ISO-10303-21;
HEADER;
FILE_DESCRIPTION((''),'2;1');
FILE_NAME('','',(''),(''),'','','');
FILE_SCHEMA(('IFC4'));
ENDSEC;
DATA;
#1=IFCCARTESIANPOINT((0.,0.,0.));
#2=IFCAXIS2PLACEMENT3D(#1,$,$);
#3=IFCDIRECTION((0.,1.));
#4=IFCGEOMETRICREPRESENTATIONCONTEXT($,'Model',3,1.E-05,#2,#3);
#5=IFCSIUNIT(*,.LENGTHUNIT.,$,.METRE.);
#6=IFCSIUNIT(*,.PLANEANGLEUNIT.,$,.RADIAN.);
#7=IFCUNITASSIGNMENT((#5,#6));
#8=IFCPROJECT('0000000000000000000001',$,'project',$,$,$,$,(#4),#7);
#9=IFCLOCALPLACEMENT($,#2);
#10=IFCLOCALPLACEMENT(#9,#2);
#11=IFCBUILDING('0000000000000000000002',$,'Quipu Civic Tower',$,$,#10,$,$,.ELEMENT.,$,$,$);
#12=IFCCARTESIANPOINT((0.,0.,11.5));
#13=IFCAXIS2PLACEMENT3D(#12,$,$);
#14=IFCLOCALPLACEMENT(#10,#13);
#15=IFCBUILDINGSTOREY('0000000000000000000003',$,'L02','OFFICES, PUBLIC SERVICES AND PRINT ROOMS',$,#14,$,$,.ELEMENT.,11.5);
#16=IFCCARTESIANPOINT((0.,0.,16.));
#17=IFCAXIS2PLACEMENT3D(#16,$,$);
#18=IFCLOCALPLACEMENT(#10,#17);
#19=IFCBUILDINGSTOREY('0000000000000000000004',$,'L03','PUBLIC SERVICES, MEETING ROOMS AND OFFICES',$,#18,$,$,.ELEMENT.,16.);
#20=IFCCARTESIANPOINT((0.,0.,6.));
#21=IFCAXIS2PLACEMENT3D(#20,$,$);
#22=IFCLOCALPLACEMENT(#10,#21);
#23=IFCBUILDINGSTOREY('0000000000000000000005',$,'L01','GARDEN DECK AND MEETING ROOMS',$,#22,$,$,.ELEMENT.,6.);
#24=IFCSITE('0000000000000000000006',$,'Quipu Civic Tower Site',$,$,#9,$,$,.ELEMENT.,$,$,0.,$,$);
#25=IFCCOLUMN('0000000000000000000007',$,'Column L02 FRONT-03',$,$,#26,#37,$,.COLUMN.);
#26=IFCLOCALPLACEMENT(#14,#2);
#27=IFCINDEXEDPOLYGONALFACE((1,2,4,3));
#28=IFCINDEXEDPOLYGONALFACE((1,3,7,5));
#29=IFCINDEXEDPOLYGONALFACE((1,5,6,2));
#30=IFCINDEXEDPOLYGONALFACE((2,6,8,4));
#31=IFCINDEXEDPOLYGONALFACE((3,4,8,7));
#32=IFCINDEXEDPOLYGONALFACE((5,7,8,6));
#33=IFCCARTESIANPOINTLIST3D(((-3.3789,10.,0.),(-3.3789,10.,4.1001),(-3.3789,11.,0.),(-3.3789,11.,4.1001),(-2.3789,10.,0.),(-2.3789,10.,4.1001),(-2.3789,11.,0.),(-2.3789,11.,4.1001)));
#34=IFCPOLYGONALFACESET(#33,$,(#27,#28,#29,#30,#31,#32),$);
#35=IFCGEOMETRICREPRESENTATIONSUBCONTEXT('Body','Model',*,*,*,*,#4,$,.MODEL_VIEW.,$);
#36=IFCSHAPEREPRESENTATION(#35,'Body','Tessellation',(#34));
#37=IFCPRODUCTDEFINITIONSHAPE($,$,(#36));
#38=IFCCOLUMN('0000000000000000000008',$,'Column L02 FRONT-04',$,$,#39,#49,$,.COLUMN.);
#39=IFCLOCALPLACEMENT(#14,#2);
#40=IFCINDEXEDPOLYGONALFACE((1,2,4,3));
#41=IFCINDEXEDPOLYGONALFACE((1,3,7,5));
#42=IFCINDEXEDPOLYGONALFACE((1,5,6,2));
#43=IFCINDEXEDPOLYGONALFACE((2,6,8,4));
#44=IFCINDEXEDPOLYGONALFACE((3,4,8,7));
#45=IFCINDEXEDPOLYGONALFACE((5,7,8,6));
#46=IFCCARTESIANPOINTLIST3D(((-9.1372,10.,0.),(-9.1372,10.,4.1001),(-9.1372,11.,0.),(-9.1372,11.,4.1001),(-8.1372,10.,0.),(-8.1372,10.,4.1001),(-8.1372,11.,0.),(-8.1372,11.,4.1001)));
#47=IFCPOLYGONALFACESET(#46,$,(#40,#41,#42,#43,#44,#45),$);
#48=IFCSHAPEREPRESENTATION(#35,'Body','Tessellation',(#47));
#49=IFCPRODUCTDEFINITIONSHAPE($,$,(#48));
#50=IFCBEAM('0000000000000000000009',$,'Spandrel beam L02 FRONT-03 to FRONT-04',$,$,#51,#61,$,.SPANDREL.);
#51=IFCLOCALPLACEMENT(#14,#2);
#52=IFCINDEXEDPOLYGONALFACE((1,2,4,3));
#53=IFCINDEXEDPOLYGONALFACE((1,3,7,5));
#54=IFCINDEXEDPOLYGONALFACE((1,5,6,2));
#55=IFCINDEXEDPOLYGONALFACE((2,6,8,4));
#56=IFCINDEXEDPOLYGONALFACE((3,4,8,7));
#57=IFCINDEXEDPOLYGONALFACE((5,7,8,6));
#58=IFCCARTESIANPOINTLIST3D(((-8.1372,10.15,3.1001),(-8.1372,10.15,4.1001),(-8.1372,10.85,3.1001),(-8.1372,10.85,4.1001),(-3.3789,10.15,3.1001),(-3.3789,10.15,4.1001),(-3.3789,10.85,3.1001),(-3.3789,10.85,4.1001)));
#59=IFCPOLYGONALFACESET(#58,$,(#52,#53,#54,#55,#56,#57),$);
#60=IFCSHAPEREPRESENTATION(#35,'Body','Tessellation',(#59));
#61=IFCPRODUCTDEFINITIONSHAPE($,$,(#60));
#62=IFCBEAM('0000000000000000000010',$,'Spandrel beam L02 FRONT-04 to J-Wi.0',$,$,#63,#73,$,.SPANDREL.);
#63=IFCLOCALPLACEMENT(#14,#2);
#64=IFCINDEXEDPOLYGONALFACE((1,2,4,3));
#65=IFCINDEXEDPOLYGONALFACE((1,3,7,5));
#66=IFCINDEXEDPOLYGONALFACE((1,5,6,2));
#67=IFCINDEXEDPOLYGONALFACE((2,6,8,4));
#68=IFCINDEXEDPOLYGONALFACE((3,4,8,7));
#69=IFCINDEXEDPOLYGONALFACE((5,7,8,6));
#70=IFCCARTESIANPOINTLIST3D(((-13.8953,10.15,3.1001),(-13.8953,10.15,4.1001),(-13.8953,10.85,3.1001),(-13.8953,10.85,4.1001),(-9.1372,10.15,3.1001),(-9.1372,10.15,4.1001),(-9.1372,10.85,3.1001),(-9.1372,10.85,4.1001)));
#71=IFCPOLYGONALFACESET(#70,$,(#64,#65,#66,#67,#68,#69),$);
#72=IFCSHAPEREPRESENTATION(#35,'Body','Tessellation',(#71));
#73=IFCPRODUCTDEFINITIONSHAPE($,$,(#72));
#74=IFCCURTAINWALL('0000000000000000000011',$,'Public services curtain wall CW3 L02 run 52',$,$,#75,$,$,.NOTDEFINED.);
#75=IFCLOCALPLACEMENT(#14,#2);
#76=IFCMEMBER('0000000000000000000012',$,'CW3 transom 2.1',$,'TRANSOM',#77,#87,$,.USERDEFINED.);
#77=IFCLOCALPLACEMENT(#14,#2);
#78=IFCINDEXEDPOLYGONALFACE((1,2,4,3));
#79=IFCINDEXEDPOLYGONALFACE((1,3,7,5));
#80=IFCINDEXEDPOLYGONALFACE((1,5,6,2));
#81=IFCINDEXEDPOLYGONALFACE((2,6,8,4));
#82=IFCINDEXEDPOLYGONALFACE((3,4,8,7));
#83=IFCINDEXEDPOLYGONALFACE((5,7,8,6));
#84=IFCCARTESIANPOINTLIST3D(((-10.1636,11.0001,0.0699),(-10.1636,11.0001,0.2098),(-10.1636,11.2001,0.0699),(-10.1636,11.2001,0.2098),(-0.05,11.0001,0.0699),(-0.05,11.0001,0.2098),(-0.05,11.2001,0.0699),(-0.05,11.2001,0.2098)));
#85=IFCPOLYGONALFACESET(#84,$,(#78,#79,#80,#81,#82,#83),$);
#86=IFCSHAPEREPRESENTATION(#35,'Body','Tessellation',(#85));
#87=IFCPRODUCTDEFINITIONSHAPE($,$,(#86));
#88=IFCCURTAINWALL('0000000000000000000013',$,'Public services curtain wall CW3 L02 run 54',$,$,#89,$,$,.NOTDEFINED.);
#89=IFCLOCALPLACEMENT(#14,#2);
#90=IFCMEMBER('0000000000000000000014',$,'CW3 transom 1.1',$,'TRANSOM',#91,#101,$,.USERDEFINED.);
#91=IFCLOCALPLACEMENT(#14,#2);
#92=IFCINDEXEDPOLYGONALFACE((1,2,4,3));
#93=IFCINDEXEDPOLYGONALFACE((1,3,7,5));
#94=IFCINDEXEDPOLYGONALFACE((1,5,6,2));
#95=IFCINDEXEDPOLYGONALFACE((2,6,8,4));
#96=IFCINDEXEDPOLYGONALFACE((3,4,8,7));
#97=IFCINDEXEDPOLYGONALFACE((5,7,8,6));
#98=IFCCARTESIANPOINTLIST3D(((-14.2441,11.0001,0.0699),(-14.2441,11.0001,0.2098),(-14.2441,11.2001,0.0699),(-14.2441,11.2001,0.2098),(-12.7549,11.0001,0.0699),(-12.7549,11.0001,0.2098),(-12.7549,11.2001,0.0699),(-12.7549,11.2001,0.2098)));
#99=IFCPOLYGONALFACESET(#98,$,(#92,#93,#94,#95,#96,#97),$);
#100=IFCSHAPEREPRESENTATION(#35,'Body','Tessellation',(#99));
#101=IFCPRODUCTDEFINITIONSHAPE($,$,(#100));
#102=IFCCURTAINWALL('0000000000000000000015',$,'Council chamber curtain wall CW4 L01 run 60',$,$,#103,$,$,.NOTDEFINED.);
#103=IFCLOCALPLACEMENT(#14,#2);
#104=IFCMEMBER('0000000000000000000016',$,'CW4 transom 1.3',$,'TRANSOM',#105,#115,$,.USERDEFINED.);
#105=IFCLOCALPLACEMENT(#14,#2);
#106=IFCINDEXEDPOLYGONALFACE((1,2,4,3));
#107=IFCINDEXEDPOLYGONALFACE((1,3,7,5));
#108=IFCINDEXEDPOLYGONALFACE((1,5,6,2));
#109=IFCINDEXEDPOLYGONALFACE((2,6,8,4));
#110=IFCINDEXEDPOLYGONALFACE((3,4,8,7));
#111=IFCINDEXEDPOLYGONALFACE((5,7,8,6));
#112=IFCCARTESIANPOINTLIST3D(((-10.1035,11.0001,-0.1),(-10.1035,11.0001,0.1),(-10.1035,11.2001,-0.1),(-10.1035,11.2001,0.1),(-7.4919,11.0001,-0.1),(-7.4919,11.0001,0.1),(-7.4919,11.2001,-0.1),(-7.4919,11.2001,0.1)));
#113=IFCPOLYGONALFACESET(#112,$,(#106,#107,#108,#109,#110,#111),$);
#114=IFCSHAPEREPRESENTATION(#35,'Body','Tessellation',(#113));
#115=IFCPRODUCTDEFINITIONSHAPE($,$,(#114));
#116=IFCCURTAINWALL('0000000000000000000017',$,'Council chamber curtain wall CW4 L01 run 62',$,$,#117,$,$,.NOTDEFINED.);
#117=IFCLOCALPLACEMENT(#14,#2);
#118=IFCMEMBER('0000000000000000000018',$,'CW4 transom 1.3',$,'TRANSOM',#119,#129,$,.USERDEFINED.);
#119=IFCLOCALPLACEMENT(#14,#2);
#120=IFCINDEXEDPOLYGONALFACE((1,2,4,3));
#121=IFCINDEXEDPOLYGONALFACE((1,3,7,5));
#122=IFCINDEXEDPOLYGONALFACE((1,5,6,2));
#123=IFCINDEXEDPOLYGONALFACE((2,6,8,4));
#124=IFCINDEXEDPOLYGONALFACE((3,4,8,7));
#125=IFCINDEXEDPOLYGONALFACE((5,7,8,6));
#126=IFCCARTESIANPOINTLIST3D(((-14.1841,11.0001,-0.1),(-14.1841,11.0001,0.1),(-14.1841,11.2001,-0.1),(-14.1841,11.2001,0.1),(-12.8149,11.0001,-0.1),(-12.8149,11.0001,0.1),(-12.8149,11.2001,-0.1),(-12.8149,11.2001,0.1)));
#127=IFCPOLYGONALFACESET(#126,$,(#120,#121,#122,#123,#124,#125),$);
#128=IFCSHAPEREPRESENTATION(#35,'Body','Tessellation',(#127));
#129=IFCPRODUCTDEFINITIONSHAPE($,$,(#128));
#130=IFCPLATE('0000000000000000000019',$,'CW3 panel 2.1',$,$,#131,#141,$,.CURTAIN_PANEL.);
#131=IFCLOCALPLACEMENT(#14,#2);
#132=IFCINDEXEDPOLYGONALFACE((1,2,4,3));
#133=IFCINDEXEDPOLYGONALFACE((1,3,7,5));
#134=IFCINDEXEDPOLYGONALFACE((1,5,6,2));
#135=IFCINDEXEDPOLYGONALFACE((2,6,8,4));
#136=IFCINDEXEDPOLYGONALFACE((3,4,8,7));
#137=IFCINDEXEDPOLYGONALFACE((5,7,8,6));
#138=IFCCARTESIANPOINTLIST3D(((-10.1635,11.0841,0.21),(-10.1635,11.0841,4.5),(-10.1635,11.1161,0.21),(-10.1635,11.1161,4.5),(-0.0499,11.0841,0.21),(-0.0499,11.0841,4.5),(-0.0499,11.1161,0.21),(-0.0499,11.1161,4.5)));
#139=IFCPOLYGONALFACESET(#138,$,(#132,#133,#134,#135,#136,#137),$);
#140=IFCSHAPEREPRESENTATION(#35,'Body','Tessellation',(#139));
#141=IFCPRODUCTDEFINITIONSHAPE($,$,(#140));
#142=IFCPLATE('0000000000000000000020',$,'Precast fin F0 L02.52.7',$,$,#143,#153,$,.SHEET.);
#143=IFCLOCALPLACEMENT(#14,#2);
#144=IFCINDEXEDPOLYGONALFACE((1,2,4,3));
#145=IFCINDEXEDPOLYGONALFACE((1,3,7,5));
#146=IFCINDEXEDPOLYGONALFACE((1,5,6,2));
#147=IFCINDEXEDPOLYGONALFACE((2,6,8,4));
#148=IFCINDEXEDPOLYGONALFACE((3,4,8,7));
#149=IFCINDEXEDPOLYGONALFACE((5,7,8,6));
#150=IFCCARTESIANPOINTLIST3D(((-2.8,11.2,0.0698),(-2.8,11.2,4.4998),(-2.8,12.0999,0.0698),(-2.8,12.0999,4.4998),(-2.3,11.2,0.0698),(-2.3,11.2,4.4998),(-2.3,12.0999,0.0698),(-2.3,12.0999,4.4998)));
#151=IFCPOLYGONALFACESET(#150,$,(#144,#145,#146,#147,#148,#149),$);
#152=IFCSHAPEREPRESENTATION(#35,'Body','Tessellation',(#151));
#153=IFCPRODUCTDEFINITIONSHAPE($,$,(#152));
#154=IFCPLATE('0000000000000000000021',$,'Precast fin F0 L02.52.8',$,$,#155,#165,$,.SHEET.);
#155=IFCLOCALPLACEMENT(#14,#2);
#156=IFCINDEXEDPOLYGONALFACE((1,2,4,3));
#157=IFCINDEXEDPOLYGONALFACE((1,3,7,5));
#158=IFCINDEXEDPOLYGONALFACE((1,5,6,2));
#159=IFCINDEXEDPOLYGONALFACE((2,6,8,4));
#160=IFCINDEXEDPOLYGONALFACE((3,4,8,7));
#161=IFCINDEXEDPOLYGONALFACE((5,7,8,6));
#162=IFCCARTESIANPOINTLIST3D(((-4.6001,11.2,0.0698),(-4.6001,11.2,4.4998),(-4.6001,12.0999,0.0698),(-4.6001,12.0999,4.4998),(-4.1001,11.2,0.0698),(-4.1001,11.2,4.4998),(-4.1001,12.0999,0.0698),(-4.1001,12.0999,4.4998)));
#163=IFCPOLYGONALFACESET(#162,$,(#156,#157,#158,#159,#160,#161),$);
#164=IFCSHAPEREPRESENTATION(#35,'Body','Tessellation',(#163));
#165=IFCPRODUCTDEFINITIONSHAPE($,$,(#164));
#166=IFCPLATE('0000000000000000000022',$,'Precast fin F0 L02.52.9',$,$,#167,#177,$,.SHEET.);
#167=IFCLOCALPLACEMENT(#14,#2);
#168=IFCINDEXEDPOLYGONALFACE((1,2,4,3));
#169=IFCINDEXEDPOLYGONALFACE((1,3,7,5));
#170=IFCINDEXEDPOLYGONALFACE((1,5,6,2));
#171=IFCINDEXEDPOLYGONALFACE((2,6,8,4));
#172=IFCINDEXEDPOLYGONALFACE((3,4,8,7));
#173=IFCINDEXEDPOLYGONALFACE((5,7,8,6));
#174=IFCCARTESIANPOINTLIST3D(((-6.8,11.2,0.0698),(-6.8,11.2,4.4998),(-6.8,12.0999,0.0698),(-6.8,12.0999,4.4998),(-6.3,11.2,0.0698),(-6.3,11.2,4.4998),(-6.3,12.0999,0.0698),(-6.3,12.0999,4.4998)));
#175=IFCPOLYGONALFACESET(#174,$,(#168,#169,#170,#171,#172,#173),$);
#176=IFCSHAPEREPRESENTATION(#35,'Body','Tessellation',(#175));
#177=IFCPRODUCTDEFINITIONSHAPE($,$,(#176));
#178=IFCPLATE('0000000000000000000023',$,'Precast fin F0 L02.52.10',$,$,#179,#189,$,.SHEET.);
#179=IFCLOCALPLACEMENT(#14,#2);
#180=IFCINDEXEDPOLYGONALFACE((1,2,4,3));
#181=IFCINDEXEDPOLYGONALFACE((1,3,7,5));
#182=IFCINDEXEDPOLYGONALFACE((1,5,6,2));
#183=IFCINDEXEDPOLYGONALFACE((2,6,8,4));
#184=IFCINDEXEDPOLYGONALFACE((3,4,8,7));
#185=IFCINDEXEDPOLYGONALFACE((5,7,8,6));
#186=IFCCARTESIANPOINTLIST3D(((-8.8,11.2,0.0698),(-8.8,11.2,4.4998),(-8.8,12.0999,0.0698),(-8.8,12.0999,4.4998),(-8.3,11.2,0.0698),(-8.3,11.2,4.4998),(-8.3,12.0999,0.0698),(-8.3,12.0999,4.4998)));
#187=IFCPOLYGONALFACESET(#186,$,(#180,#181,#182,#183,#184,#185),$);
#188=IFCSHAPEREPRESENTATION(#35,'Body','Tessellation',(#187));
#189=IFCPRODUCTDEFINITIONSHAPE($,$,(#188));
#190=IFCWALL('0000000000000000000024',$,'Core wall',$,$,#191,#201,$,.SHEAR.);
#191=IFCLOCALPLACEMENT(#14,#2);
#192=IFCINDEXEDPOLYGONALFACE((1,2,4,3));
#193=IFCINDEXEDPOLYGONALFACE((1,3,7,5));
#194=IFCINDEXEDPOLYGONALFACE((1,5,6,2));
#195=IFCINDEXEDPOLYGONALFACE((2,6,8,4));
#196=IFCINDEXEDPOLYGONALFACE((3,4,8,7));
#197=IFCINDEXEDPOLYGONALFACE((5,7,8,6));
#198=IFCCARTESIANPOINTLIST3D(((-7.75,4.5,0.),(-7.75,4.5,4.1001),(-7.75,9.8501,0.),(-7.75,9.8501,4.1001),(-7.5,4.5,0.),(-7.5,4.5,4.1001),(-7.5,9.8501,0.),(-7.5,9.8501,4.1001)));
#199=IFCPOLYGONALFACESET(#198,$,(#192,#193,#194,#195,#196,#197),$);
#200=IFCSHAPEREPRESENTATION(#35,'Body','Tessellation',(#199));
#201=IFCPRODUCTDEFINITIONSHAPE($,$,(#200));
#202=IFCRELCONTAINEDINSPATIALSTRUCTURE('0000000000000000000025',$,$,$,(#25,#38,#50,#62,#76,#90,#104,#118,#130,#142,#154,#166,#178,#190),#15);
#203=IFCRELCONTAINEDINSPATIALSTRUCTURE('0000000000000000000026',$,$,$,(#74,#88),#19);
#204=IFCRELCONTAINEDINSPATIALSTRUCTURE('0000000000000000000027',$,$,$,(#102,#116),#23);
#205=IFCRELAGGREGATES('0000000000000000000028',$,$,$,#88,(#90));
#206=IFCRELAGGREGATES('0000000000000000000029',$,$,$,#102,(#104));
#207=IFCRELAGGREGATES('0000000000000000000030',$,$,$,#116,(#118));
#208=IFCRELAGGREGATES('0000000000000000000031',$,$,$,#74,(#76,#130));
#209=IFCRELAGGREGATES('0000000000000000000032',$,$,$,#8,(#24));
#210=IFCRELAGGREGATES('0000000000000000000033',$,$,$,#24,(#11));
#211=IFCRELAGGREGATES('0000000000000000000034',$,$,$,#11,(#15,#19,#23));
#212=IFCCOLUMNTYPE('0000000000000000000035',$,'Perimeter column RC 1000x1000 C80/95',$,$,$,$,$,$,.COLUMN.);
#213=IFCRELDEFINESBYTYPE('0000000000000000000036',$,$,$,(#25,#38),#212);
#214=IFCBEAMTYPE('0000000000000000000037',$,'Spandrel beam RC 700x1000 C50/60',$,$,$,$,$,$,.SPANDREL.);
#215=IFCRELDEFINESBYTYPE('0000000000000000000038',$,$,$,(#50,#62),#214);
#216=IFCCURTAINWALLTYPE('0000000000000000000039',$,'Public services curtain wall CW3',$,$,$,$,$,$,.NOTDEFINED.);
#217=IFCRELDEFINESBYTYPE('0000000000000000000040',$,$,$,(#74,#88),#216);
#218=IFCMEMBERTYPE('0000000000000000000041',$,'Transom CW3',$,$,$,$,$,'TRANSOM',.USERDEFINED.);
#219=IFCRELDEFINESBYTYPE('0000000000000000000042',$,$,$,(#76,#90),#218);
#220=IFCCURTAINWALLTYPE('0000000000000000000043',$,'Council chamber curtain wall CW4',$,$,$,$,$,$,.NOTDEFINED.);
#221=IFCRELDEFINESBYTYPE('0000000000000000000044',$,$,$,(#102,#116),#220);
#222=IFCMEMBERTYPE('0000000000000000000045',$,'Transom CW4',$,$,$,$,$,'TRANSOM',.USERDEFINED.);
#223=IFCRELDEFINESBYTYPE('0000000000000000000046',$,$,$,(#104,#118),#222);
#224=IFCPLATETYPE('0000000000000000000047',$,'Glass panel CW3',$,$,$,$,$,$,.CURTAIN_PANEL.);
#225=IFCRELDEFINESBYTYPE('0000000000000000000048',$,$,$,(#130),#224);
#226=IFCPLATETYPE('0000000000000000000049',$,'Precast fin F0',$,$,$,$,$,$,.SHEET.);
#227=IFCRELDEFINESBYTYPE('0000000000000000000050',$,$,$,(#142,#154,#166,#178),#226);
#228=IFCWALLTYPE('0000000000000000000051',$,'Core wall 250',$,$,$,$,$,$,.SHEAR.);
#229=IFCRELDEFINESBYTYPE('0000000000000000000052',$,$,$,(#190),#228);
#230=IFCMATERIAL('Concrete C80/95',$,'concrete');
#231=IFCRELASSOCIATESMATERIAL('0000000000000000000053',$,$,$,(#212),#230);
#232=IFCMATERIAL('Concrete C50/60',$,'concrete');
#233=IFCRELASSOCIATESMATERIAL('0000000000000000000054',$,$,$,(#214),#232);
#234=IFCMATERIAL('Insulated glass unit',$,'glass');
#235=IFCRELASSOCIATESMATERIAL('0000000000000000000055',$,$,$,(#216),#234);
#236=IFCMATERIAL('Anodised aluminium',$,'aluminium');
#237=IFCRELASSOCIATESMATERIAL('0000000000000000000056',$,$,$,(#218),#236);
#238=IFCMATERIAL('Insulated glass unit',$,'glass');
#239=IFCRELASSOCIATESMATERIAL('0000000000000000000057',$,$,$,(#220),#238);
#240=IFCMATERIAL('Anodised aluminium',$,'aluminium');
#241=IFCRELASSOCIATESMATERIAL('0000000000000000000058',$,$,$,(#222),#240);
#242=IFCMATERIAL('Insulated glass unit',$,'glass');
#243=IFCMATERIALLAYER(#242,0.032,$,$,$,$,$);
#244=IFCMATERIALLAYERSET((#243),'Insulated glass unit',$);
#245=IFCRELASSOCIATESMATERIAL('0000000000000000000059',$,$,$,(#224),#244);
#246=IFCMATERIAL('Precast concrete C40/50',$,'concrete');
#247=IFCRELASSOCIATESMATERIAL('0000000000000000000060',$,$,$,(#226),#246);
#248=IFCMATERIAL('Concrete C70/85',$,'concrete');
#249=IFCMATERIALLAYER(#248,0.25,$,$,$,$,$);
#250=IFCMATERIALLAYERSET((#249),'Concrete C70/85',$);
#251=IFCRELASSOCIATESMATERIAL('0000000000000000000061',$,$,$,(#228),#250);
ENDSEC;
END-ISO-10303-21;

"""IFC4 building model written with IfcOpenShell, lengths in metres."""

from ifc_helpers import new_model, si_unit, direction, frame, frame_2d, origin, origin_2d, place, context, subcontext, project, spatial, rectangle, extrude, material, layer, layer_set, material_profile, profile_set, type_object, element, aggregate, save


model = new_model("IFC4")

# Units and contexts
model_context = context("Model", 3, precision=1e-05, world=origin(), true_north=direction((0.0, 1.0)))
body_context = subcontext(model_context, "Body", "Model", "MODEL_VIEW")
ifc_project = project(units=[si_unit("LENGTHUNIT", "METRE"), si_unit("PLANEANGLEUNIT", "RADIAN")], contexts=[model_context])

# Site, building, storey
site_placement = place(None, origin())
site = spatial("IfcSite", under=ifc_project, at=site_placement, Name="Quipu Civic Tower Site", CompositionType="ELEMENT", RefElevation=0.0)
building_placement = place(site_placement, origin())
building = spatial("IfcBuilding", under=site, at=building_placement, Name="Quipu Civic Tower", CompositionType="ELEMENT")
storey_1_placement = place(building_placement, frame((0.0, 0.0, 11.5)))
storey_1 = spatial("IfcBuildingStorey", under=building, at=storey_1_placement, Name="L02", Description="OFFICES, PUBLIC SERVICES AND PRINT ROOMS", CompositionType="ELEMENT", Elevation=11.5)

# Columns
ifc_material_1 = material(Name="Concrete C80/95", Category="concrete")
ifc_material_profile_1 = material_profile(ifc_material_1, rectangle(XDim=1.0, YDim=1.0, at=origin_2d()), Name="RC1000x1000")
ifc_profile_set_1 = profile_set([ifc_material_profile_1], Name="Concrete C80/95")
column_type = type_object("IfcColumnType", Name="Perimeter column RC 1000x1000 C80/95", PredefinedType="COLUMN", material=ifc_profile_set_1)
for number, where, z_axis, x_axis, name in (
    (1, (-2.8789, 10.5, 0.0), (0.0, 0.0, 1.0), (-1.0, 0.0, 0.0), "Column L02 FRONT-03"),
    (2, (-8.6372, 10.5, 0.0), (0.0, 0.0, 1.0), (-1.0, 0.0, 0.0), "Column L02 FRONT-04"),
):
    element("IfcColumn", number, at=place(storey_1_placement, frame(where, z_axis=z_axis, x_axis=x_axis)), inside=storey_1, type_object=column_type, Name=name, PredefinedType="COLUMN", context=body_context, shape_type="SweptSolid", body=[
        extrude(rectangle(XDim=1.0, YDim=1.0, at=origin_2d()), origin(), (0.0, 0.0, 1.0), 4.1001),
    ])

# Beams
ifc_material_2 = material(Name="Concrete C50/60", Category="concrete")
ifc_material_profile_2 = material_profile(ifc_material_2, rectangle(XDim=0.7, YDim=1.0, at=origin_2d()), Name="RC700x1000")
ifc_profile_set_2 = profile_set([ifc_material_profile_2], Name="Concrete C50/60")
beam_type = type_object("IfcBeamType", Name="Spandrel beam RC 700x1000 C50/60", PredefinedType="SPANDREL", material=ifc_profile_set_2)
beam_1_placement = place(storey_1_placement, frame((-3.3789, 10.5, 3.6001), z_axis=(-1.0, 0.0, 0.0), x_axis=(0.0, -1.0, 0.0)))
element("IfcBeam", 3, at=beam_1_placement, inside=storey_1, type_object=beam_type, Name="Spandrel beam L02 FRONT-03 to FRONT-04", PredefinedType="SPANDREL", context=body_context, shape_type="SweptSolid", body=[
    extrude(rectangle(XDim=0.7, YDim=1.0, at=origin_2d()), origin(), (0.0, 0.0, 1.0), 4.7583),
])
beam_2_placement = place(storey_1_placement, frame((-9.1372, 10.5, 3.6001), z_axis=(-1.0, 0.0, 0.0), x_axis=(0.0, -1.0, 0.0)))
element("IfcBeam", 4, at=beam_2_placement, inside=storey_1, type_object=beam_type, Name="Spandrel beam L02 FRONT-04 to J-Wi.0", PredefinedType="SPANDREL", context=body_context, shape_type="SweptSolid", body=[
    extrude(rectangle(XDim=0.7, YDim=1.0, at=origin_2d()), origin(), (0.0, 0.0, 1.0), 4.7581),
])

# Shared definitions
storey_2_placement = place(building_placement, frame((0.0, 0.0, 16.0)))
storey_2 = spatial("IfcBuildingStorey", under=building, at=storey_2_placement, Name="L03", Description="PUBLIC SERVICES, MEETING ROOMS AND OFFICES", CompositionType="ELEMENT", Elevation=16.0)

# Curtain walls, members
ifc_material_3 = material(Name="Insulated glass unit", Category="glass")
curtain_wall_type_1 = type_object("IfcCurtainWallType", Name="Public services curtain wall CW3", PredefinedType="NOTDEFINED", material=ifc_material_3)
curtain_wall_1_placement = place(storey_2_placement, origin())
curtain_wall_1 = element("IfcCurtainWall", 5, at=curtain_wall_1_placement, inside=storey_2, type_object=curtain_wall_type_1, Name="Public services curtain wall CW3 L02 run 52", PredefinedType="NOTDEFINED")
ifc_material_4 = material(Name="Anodised aluminium", Category="aluminium")
ifc_material_profile_3 = material_profile(ifc_material_4, rectangle(XDim=0.2, YDim=0.1399, at=origin_2d()), Name="RECT 200x140")
ifc_profile_set_3 = profile_set([ifc_material_profile_3], Name="Anodised aluminium")
member_type_1 = type_object("IfcMemberType", Name="Transom CW3", ElementType="TRANSOM", PredefinedType="USERDEFINED", material=ifc_profile_set_3)
member_1_placement = place(storey_1_placement, frame((-0.05, 11.1001, 0.1399), z_axis=(-1.0, 0.0, 0.0), x_axis=(0.0, -1.0, 0.0)))
member_1 = element("IfcMember", 6, at=member_1_placement, inside=storey_1, type_object=member_type_1, Name="CW3 transom 2.1", ObjectType="TRANSOM", PredefinedType="USERDEFINED", context=body_context, shape_type="SweptSolid", body=[
    extrude(rectangle(XDim=0.2, YDim=0.1399, at=origin_2d()), origin(), (0.0, 0.0, 1.0), 10.1135),
])
curtain_wall_2_placement = place(storey_2_placement, origin())
curtain_wall_2 = element("IfcCurtainWall", 7, at=curtain_wall_2_placement, inside=storey_2, type_object=curtain_wall_type_1, Name="Public services curtain wall CW3 L02 run 54", PredefinedType="NOTDEFINED")
member_2_placement = place(storey_1_placement, frame((-12.7549, 11.1001, 0.1399), z_axis=(-1.0, 0.0, 0.0), x_axis=(0.0, -1.0, 0.0)))
member_2 = element("IfcMember", 8, at=member_2_placement, inside=storey_1, type_object=member_type_1, Name="CW3 transom 1.1", ObjectType="TRANSOM", PredefinedType="USERDEFINED", context=body_context, shape_type="SweptSolid", body=[
    extrude(rectangle(XDim=0.2, YDim=0.1399, at=origin_2d()), origin(), (0.0, 0.0, 1.0), 1.4893),
])
aggregate(curtain_wall_2, [member_2])

# Shared definitions
storey_3_placement = place(building_placement, frame((0.0, 0.0, 6.0)))
storey_3 = spatial("IfcBuildingStorey", under=building, at=storey_3_placement, Name="L01", Description="GARDEN DECK AND MEETING ROOMS", CompositionType="ELEMENT", Elevation=6.0)

# Curtain walls, members
ifc_material_5 = material(Name="Insulated glass unit", Category="glass")
curtain_wall_type_2 = type_object("IfcCurtainWallType", Name="Council chamber curtain wall CW4", PredefinedType="NOTDEFINED", material=ifc_material_5)
curtain_wall_3_placement = place(storey_3_placement, origin())
curtain_wall_3 = element("IfcCurtainWall", 9, at=curtain_wall_3_placement, inside=storey_3, type_object=curtain_wall_type_2, Name="Council chamber curtain wall CW4 L01 run 60", PredefinedType="NOTDEFINED")
ifc_material_6 = material(Name="Anodised aluminium", Category="aluminium")
ifc_material_profile_4 = material_profile(ifc_material_6, rectangle(XDim=0.2, YDim=0.2, at=origin_2d()), Name="RECT 200x200")
ifc_profile_set_4 = profile_set([ifc_material_profile_4], Name="Anodised aluminium")
member_type_2 = type_object("IfcMemberType", Name="Transom CW4", ElementType="TRANSOM", PredefinedType="USERDEFINED", material=ifc_profile_set_4)
member_3_placement = place(storey_1_placement, frame((-7.4919, 11.1001, 0.0), z_axis=(-1.0, 0.0, 0.0), x_axis=(0.0, -1.0, 0.0)))
member_3 = element("IfcMember", 10, at=member_3_placement, inside=storey_1, type_object=member_type_2, Name="CW4 transom 1.3", ObjectType="TRANSOM", PredefinedType="USERDEFINED", context=body_context, shape_type="SweptSolid", body=[
    extrude(rectangle(XDim=0.2, YDim=0.2, at=origin_2d()), origin(), (0.0, 0.0, 1.0), 2.6116),
])
aggregate(curtain_wall_3, [member_3])
curtain_wall_4_placement = place(storey_3_placement, origin())
curtain_wall_4 = element("IfcCurtainWall", 11, at=curtain_wall_4_placement, inside=storey_3, type_object=curtain_wall_type_2, Name="Council chamber curtain wall CW4 L01 run 62", PredefinedType="NOTDEFINED")
member_4_placement = place(storey_1_placement, frame((-12.8149, 11.1001, 0.0), z_axis=(-1.0, 0.0, 0.0), x_axis=(0.0, -1.0, 0.0)))
member_4 = element("IfcMember", 12, at=member_4_placement, inside=storey_1, type_object=member_type_2, Name="CW4 transom 1.3", ObjectType="TRANSOM", PredefinedType="USERDEFINED", context=body_context, shape_type="SweptSolid", body=[
    extrude(rectangle(XDim=0.2, YDim=0.2, at=origin_2d()), origin(), (0.0, 0.0, 1.0), 1.3691),
])
aggregate(curtain_wall_4, [member_4])

# Plate
ifc_material_7 = material(Name="Insulated glass unit", Category="glass")
ifc_layer_1 = layer(ifc_material_7, 0.032)
ifc_layer_set_1 = layer_set([ifc_layer_1], Name="Insulated glass unit")
plate_type_1 = type_object("IfcPlateType", Name="Glass panel CW3", PredefinedType="CURTAIN_PANEL", material=ifc_layer_set_1)
plate_placement = place(storey_1_placement, frame((-5.1067, 11.1001, 0.21), z_axis=(0.0, 0.0, 1.0), x_axis=(-1.0, 0.0, 0.0)))
plate = element("IfcPlate", 13, at=plate_placement, inside=storey_1, type_object=plate_type_1, Name="CW3 panel 2.1", PredefinedType="CURTAIN_PANEL", context=body_context, shape_type="SweptSolid", body=[
    extrude(rectangle(XDim=10.1135, YDim=0.032, at=origin_2d()), origin(), (0.0, 0.0, 1.0), 4.29),
])
aggregate(curtain_wall_1, [member_1, plate])

# Plates
ifc_material_8 = material(Name="Precast concrete C40/50", Category="concrete")
plate_type_2 = type_object("IfcPlateType", Name="Precast fin F0", PredefinedType="SHEET", material=ifc_material_8)
for number, where, z_axis, x_axis, name in (
    (14, (-2.55, 11.6499, 0.0698), (0.0, 0.0, 1.0), (-1.0, 0.0, 0.0), "Precast fin F0 L02.52.7"),
    (15, (-4.3501, 11.6499, 0.0698), (0.0, 0.0, 1.0), (-1.0, 0.0, 0.0), "Precast fin F0 L02.52.8"),
    (16, (-6.55, 11.6499, 0.0698), (0.0, 0.0, 1.0), (-1.0, 0.0, 0.0), "Precast fin F0 L02.52.9"),
    (17, (-8.55, 11.6499, 0.0698), (0.0, 0.0, 1.0), (-1.0, 0.0, 0.0), "Precast fin F0 L02.52.10"),
):
    element("IfcPlate", number, at=place(storey_1_placement, frame(where, z_axis=z_axis, x_axis=x_axis)), inside=storey_1, type_object=plate_type_2, Name=name, PredefinedType="SHEET", context=body_context, shape_type="SweptSolid", body=[
        extrude(rectangle(XDim=0.5, YDim=0.8999, at=origin_2d()), origin(), (0.0, 0.0, 1.0), 4.4299),
    ])

# Wall
ifc_material_9 = material(Name="Concrete C70/85", Category="concrete")
ifc_layer_2 = layer(ifc_material_9, 0.25)
ifc_layer_set_2 = layer_set([ifc_layer_2], Name="Concrete C70/85")
wall_type_1 = type_object("IfcWallType", Name="Core wall 250", PredefinedType="SHEAR", material=ifc_layer_set_2)
wall_1_placement = place(storey_1_placement, frame((-7.625, 4.5, 0.0), z_axis=(0.0, 0.0, 1.0), x_axis=(0.0, 1.0, 0.0)))
element("IfcWall", 18, at=wall_1_placement, inside=storey_1, type_object=wall_type_1, Name="Core wall", PredefinedType="SHEAR", context=body_context, shape_type="SweptSolid", body=[
    extrude(rectangle(XDim=5.3501, YDim=0.25, at=frame_2d((2.675, 0.0))), origin(), (0.0, 0.0, 1.0), 4.1001),
])

save(model, "model.ifc")
